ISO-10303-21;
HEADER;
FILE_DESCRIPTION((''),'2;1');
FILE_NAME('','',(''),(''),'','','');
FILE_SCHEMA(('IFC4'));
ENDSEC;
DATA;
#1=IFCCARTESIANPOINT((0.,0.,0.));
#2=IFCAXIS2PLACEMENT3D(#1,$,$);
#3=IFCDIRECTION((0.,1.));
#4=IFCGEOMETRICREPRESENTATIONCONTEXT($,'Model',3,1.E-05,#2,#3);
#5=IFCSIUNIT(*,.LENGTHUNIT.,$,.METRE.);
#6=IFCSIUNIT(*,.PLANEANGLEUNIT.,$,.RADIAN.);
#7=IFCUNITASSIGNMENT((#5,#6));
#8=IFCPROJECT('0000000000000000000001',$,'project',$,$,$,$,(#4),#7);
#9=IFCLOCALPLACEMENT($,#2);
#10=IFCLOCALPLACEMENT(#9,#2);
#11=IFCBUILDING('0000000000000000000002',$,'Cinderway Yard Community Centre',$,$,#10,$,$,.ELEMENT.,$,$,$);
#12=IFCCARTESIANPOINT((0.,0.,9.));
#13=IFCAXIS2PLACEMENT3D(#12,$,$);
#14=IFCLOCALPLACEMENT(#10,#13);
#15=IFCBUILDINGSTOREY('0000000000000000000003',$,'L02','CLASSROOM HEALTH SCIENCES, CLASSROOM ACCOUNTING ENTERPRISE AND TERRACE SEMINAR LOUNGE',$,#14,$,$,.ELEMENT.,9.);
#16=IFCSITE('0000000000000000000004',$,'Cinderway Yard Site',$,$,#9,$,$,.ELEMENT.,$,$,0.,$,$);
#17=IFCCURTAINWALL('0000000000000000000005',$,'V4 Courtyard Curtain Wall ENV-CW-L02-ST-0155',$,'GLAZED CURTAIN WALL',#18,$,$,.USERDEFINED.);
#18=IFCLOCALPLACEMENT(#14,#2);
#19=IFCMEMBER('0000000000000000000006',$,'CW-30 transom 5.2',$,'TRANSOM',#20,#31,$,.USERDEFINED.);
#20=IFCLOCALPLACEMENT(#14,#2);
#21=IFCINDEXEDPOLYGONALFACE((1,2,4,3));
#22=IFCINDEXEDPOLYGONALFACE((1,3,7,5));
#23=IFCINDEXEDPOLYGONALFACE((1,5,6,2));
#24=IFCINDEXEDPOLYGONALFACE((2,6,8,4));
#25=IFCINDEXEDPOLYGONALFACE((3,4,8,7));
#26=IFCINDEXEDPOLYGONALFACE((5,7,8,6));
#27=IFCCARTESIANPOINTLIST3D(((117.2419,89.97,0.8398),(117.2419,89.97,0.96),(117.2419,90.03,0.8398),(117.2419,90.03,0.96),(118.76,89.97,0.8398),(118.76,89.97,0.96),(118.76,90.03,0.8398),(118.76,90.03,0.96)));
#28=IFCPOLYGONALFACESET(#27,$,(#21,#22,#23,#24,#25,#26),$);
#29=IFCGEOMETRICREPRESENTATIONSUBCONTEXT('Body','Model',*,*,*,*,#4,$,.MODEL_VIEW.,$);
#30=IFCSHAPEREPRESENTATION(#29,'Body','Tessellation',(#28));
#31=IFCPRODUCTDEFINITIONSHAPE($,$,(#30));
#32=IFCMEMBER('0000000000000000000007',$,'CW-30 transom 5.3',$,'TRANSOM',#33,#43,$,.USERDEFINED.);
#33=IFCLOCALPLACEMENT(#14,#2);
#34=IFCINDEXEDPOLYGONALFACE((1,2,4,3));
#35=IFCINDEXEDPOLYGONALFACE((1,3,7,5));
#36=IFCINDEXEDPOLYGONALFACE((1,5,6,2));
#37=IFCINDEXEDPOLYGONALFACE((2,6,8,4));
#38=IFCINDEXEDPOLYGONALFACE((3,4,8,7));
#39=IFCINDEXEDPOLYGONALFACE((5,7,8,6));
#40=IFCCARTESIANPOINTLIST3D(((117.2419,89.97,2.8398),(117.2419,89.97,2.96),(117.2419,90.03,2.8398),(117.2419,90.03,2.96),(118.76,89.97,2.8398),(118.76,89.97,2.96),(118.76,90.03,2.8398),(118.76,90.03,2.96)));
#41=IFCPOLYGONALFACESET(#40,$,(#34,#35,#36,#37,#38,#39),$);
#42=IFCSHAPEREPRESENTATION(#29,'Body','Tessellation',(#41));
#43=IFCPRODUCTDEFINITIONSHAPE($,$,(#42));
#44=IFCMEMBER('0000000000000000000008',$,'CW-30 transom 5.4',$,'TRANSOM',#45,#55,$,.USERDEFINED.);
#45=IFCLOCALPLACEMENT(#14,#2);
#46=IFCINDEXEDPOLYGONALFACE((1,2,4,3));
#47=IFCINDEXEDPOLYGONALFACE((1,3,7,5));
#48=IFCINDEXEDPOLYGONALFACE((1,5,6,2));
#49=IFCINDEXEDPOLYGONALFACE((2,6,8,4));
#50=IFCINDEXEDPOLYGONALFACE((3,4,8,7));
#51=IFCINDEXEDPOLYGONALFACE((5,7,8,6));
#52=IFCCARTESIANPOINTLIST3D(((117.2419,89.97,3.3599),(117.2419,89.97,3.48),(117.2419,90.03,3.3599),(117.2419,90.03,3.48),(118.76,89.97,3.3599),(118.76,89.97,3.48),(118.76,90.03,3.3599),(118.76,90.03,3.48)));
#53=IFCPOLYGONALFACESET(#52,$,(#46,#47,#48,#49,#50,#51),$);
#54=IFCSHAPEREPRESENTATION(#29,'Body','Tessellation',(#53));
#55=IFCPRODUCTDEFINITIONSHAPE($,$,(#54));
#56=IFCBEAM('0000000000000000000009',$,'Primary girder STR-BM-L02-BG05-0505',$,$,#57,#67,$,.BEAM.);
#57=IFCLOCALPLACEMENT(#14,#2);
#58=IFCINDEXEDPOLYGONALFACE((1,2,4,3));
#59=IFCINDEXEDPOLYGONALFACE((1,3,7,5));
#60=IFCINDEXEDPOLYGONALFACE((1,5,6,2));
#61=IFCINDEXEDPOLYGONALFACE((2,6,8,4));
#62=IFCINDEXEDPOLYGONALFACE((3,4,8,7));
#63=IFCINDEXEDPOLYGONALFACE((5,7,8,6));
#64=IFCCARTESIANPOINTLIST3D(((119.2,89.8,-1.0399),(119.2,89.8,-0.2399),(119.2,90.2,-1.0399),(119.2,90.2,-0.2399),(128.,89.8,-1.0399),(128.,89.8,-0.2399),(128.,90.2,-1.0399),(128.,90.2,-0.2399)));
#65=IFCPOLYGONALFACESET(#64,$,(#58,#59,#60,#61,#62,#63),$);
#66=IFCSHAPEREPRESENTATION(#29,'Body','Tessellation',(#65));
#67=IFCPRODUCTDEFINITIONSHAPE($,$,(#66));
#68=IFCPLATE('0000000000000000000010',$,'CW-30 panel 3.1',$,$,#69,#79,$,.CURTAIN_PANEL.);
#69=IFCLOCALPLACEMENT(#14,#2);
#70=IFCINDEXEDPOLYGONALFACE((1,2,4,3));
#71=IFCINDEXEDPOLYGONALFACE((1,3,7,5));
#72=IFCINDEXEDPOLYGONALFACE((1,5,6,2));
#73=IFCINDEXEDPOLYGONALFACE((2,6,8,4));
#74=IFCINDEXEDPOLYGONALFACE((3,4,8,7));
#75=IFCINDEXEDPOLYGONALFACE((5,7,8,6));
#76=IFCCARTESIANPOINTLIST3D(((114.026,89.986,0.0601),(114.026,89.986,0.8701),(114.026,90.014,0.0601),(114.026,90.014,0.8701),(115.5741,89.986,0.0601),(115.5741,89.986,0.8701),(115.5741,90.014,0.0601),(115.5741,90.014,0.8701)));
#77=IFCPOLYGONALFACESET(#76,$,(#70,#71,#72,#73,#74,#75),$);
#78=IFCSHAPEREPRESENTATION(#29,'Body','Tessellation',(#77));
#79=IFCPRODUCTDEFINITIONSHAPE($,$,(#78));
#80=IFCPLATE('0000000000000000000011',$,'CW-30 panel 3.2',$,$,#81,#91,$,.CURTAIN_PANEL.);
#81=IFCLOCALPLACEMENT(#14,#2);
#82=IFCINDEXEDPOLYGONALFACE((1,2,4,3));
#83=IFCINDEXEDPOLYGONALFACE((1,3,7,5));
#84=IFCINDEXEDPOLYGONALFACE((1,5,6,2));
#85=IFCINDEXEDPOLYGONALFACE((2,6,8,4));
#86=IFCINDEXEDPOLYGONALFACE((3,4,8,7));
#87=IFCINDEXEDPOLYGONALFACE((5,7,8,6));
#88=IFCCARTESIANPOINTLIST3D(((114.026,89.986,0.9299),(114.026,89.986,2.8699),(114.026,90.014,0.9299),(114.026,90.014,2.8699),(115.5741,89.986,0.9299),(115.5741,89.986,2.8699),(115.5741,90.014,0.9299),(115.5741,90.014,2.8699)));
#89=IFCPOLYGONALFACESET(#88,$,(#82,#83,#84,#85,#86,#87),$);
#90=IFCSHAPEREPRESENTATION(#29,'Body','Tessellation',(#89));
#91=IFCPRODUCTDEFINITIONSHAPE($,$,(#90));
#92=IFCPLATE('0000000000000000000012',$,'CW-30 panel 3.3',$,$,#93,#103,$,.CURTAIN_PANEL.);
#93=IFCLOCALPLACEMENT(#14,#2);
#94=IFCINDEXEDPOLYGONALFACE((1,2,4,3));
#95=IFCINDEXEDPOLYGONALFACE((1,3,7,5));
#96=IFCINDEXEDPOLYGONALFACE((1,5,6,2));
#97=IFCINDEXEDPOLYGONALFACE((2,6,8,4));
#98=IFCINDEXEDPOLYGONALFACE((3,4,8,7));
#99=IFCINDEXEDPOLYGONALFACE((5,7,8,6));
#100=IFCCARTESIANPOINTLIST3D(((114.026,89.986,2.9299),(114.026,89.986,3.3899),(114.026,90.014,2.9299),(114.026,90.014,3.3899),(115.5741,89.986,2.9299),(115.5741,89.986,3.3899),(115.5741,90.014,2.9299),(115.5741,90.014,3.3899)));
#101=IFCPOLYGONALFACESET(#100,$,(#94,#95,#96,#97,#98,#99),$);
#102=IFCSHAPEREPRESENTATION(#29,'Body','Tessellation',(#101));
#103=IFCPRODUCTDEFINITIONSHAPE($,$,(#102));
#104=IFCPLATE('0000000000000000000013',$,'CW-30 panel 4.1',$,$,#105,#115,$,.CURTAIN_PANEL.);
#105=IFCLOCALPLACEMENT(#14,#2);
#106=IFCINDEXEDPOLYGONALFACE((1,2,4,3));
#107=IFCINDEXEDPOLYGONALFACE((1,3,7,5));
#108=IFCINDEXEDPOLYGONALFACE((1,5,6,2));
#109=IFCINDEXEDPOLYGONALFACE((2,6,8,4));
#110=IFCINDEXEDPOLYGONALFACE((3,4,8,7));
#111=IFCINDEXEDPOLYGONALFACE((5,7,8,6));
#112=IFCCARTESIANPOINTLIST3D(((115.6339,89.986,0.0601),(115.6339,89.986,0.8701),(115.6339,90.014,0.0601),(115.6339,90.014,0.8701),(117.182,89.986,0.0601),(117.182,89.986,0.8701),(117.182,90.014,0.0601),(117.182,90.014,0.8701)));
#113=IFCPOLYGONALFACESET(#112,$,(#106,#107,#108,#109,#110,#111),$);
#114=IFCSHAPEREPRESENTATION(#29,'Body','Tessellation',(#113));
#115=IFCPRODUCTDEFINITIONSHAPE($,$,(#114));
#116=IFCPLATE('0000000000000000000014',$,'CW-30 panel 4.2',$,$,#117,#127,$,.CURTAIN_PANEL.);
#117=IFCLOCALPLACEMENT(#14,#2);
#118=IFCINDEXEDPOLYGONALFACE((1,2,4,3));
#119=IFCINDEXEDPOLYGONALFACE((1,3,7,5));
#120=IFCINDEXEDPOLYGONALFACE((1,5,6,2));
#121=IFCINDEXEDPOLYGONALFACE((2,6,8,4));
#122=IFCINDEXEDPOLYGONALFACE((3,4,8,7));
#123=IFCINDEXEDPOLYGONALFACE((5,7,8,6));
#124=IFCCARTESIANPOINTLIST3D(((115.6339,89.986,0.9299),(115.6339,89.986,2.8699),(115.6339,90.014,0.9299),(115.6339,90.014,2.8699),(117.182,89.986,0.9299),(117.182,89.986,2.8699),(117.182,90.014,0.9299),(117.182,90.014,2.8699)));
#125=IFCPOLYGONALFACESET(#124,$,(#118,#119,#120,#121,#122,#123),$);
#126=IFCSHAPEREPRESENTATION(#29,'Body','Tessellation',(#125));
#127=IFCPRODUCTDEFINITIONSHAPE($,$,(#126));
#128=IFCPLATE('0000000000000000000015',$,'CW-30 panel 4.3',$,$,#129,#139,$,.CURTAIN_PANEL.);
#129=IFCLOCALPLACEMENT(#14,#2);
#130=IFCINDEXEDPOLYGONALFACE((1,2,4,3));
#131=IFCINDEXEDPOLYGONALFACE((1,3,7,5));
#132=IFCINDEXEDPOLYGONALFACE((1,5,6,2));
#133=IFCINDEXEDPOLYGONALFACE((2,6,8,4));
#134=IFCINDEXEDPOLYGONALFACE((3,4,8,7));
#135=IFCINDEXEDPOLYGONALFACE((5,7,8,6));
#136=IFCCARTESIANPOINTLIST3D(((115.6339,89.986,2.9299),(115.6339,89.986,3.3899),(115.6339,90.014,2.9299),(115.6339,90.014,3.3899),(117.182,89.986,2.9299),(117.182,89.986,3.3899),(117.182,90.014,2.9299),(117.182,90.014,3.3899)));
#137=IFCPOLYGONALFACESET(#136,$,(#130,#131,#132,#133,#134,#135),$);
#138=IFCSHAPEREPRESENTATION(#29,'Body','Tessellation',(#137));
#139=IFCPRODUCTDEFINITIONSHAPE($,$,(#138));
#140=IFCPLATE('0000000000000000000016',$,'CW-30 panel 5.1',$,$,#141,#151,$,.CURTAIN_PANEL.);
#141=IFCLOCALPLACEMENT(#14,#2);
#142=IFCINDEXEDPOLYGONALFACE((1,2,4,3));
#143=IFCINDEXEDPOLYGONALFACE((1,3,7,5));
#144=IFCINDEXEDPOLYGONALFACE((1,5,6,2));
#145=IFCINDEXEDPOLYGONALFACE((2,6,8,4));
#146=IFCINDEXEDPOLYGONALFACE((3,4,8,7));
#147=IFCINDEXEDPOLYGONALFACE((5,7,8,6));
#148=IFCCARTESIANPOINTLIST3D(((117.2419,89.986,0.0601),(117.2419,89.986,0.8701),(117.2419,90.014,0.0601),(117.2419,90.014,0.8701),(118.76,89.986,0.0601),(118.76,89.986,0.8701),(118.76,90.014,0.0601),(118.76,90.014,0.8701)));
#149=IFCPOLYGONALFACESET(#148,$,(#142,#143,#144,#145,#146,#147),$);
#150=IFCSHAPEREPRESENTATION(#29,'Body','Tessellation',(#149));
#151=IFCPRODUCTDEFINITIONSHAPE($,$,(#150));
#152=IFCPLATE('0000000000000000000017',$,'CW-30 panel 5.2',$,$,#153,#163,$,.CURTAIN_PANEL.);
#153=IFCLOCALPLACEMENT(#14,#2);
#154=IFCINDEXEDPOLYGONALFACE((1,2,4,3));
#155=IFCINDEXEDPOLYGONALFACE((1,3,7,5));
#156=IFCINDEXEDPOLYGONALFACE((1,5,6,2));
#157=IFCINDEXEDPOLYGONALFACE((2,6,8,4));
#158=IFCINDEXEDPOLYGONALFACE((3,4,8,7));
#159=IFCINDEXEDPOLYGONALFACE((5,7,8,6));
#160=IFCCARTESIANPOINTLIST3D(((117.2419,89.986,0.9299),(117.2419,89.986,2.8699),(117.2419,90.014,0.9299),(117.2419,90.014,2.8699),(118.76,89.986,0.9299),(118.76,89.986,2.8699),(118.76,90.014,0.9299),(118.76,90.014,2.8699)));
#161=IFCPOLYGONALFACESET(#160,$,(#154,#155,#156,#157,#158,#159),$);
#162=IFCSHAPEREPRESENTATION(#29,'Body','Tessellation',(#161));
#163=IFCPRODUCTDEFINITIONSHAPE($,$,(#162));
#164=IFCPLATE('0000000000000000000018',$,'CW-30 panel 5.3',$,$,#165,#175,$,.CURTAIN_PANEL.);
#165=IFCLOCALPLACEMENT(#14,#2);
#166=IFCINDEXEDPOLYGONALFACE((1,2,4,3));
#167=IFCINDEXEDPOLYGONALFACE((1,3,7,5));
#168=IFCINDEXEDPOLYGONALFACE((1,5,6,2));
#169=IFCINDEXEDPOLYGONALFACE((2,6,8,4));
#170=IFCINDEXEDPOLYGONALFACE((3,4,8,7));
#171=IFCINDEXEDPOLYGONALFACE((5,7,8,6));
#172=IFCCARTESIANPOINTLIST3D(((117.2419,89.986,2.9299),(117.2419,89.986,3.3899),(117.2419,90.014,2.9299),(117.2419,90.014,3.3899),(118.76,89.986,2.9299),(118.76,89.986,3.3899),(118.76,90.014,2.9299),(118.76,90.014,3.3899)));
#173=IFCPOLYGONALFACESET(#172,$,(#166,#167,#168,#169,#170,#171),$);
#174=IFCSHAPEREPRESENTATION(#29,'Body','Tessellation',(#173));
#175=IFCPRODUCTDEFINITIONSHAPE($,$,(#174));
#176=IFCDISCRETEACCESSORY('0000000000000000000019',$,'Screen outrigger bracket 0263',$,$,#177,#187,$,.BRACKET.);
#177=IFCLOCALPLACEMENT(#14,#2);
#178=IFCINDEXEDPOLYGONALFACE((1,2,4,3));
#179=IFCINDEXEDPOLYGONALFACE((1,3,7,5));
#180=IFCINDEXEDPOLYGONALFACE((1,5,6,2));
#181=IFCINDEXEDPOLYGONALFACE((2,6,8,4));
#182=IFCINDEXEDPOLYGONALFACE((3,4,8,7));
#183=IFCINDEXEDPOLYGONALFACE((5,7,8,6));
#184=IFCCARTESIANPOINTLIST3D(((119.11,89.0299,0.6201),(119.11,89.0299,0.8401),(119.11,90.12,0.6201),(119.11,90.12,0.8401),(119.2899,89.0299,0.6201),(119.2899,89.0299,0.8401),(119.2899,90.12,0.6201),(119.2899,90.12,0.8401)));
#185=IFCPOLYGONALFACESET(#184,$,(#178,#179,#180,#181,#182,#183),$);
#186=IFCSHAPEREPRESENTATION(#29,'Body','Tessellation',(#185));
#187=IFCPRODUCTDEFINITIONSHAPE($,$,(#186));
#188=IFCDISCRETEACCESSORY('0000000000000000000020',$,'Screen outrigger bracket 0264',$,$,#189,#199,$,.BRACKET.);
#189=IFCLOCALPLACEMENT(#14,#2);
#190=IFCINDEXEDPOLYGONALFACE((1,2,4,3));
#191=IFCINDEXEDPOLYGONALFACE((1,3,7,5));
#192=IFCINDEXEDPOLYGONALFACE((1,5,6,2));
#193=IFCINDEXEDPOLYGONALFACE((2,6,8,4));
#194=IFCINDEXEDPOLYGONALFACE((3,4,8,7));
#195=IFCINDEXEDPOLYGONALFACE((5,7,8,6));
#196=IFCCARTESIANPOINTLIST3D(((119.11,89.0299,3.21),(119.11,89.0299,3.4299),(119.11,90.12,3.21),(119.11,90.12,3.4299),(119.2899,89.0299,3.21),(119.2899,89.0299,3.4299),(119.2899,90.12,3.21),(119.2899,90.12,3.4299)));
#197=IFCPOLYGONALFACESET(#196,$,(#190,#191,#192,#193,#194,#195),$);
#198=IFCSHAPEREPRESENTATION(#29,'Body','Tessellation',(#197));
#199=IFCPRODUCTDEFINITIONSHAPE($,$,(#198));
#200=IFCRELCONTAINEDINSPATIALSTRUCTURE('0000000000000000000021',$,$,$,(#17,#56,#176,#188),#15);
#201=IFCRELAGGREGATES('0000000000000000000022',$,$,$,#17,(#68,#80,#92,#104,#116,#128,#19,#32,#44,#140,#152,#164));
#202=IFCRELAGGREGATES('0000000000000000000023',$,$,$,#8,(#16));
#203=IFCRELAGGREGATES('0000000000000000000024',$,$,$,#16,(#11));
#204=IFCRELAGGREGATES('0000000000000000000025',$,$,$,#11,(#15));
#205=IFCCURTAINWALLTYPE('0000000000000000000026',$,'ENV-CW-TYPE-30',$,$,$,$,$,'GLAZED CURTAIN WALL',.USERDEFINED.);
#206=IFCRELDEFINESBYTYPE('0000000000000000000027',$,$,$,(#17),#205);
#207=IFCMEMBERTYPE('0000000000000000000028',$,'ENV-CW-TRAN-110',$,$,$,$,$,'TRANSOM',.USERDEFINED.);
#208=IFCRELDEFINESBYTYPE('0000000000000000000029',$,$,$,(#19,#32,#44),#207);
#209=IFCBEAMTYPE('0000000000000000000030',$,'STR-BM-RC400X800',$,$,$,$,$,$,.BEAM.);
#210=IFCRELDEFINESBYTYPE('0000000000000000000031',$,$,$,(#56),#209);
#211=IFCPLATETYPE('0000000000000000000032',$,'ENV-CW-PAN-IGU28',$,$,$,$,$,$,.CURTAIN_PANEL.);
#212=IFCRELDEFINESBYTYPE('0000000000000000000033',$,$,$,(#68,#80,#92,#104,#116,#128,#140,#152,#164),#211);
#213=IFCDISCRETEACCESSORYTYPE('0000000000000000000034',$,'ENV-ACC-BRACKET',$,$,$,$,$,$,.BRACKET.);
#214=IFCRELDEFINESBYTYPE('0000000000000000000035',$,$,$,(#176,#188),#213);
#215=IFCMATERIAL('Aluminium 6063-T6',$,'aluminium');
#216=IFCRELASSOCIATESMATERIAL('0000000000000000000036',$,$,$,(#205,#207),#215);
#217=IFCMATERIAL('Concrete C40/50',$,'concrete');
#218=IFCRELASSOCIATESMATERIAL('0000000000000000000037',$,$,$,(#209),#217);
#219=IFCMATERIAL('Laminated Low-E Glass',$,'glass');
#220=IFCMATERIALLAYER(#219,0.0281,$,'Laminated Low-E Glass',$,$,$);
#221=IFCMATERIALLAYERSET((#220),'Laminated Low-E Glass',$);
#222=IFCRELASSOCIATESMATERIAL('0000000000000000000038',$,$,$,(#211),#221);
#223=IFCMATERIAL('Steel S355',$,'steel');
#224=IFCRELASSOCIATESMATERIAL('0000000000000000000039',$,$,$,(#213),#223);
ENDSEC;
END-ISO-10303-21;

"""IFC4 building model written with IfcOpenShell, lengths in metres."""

from ifc_helpers import new_model, si_unit, direction, frame, origin, origin_2d, place, context, subcontext, project, spatial, rectangle, extrude, material, layer, layer_set, material_profile, profile_set, type_object, element, aggregate, save


model = new_model("IFC4")

# Units and contexts
model_context = context("Model", 3, precision=1e-05, world=origin(), true_north=direction((0.0, 1.0)))
body_context = subcontext(model_context, "Body", "Model", "MODEL_VIEW")
ifc_project = project(units=[si_unit("LENGTHUNIT", "METRE"), si_unit("PLANEANGLEUNIT", "RADIAN")], contexts=[model_context])

# Site, building, storey
site_placement = place(None, origin())
site = spatial("IfcSite", under=ifc_project, at=site_placement, Name="Cinderway Yard Site", CompositionType="ELEMENT", RefElevation=0.0)
building_placement = place(site_placement, origin())
building = spatial("IfcBuilding", under=site, at=building_placement, Name="Cinderway Yard Community Centre", CompositionType="ELEMENT")
storey_placement = place(building_placement, frame((0.0, 0.0, 9.0)))
storey = spatial("IfcBuildingStorey", under=building, at=storey_placement, Name="L02", Description="CLASSROOM HEALTH SCIENCES, CLASSROOM ACCOUNTING ENTERPRISE AND TERRACE SEMINAR LOUNGE", CompositionType="ELEMENT", Elevation=9.0)

# Shared definitions
ifc_material_1 = material(Name="Concrete C40/50", Category="concrete")

# Curtain wall, members
ifc_material_2 = material(Name="Aluminium 6063-T6", Category="aluminium")
curtain_wall_type = type_object("IfcCurtainWallType", Name="ENV-CW-TYPE-30", ElementType="GLAZED CURTAIN WALL", PredefinedType="USERDEFINED", material=ifc_material_2)
curtain_wall_placement = place(storey_placement, origin())
curtain_wall = element("IfcCurtainWall", 1, at=curtain_wall_placement, inside=storey, type_object=curtain_wall_type, Name="V4 Courtyard Curtain Wall ENV-CW-L02-ST-0155", ObjectType="GLAZED CURTAIN WALL", PredefinedType="USERDEFINED")
ifc_material_profile_1 = material_profile(ifc_material_2, rectangle(XDim=0.0601, YDim=0.1201, at=origin_2d()), Name="Aluminium 6063-T6")
ifc_profile_set_1 = profile_set([ifc_material_profile_1], Name="Aluminium 6063-T6")
member_type_1 = type_object("IfcMemberType", Name="ENV-CW-TRAN-110", ElementType="TRANSOM", PredefinedType="USERDEFINED", material=ifc_profile_set_1)
member_1_placement = place(storey_placement, frame((117.2419, 90.0, 0.8999), z_axis=(1.0, 0.0, 0.0), x_axis=(0.0, 1.0, 0.0)))
member_1 = element("IfcMember", 2, at=member_1_placement, type_object=member_type_1, Name="CW-30 transom 5.2", ObjectType="TRANSOM", PredefinedType="USERDEFINED", context=body_context, shape_type="SweptSolid", body=[
    extrude(rectangle(XDim=0.0601, YDim=0.1201, at=origin_2d()), origin(), (0.0, 0.0, 1.0), 1.5181),
])
member_2_placement = place(storey_placement, frame((117.2419, 90.0, 2.8999), z_axis=(1.0, 0.0, 0.0), x_axis=(0.0, 1.0, 0.0)))
member_2 = element("IfcMember", 3, at=member_2_placement, type_object=member_type_1, Name="CW-30 transom 5.3", ObjectType="TRANSOM", PredefinedType="USERDEFINED", context=body_context, shape_type="SweptSolid", body=[
    extrude(rectangle(XDim=0.0601, YDim=0.1201, at=origin_2d()), origin(), (0.0, 0.0, 1.0), 1.5181),
])
member_3_placement = place(storey_placement, frame((117.2419, 90.0, 3.4199), z_axis=(1.0, 0.0, 0.0), x_axis=(0.0, 1.0, 0.0)))
member_3 = element("IfcMember", 4, at=member_3_placement, type_object=member_type_1, Name="CW-30 transom 5.4", ObjectType="TRANSOM", PredefinedType="USERDEFINED", context=body_context, shape_type="SweptSolid", body=[
    extrude(rectangle(XDim=0.0601, YDim=0.1201, at=origin_2d()), origin(), (0.0, 0.0, 1.0), 1.5181),
])

# Beam
ifc_material_profile_2 = material_profile(ifc_material_1, rectangle(XDim=0.3999, YDim=0.8, at=origin_2d()), Name="Concrete C40/50")
ifc_profile_set_2 = profile_set([ifc_material_profile_2], Name="Concrete C40/50")
beam_type = type_object("IfcBeamType", Name="STR-BM-RC400X800", PredefinedType="BEAM", material=ifc_profile_set_2)
beam_placement = place(storey_placement, frame((119.2, 90.0, -0.6399), z_axis=(1.0, 0.0, 0.0), x_axis=(0.0, 1.0, 0.0)))
element("IfcBeam", 5, at=beam_placement, inside=storey, type_object=beam_type, Name="Primary girder STR-BM-L02-BG05-0505", PredefinedType="BEAM", context=body_context, shape_type="SweptSolid", body=[
    extrude(rectangle(XDim=0.3999, YDim=0.8, at=origin_2d()), origin(), (0.0, 0.0, 1.0), 8.8),
])

# Plates
ifc_material_3 = material(Name="Laminated Low-E Glass", Category="glass")
ifc_layer = layer(ifc_material_3, 0.0281, Name="Laminated Low-E Glass")
ifc_layer_set = layer_set([ifc_layer], Name="Laminated Low-E Glass")
plate_type = type_object("IfcPlateType", Name="ENV-CW-PAN-IGU28", PredefinedType="CURTAIN_PANEL", material=ifc_layer_set)
plate_1_placement = place(storey_placement, frame((114.8, 90.0, 0.0601), z_axis=(0.0, 0.0, 1.0), x_axis=(1.0, 0.0, 0.0)))
plate_1 = element("IfcPlate", 6, at=plate_1_placement, type_object=plate_type, Name="CW-30 panel 3.1", PredefinedType="CURTAIN_PANEL", context=body_context, shape_type="SweptSolid", body=[
    extrude(rectangle(XDim=1.5481, YDim=0.0281, at=origin_2d()), origin(), (0.0, 0.0, 1.0), 0.8101),
])
plate_2_placement = place(storey_placement, frame((114.8, 90.0, 0.9299), z_axis=(0.0, 0.0, 1.0), x_axis=(1.0, 0.0, 0.0)))
plate_2 = element("IfcPlate", 7, at=plate_2_placement, type_object=plate_type, Name="CW-30 panel 3.2", PredefinedType="CURTAIN_PANEL", context=body_context, shape_type="SweptSolid", body=[
    extrude(rectangle(XDim=1.5481, YDim=0.0281, at=origin_2d()), origin(), (0.0, 0.0, 1.0), 1.9399),
])
plate_3_placement = place(storey_placement, frame((114.8, 90.0, 2.9299), z_axis=(0.0, 0.0, 1.0), x_axis=(1.0, 0.0, 0.0)))
plate_3 = element("IfcPlate", 8, at=plate_3_placement, type_object=plate_type, Name="CW-30 panel 3.3", PredefinedType="CURTAIN_PANEL", context=body_context, shape_type="SweptSolid", body=[
    extrude(rectangle(XDim=1.5481, YDim=0.0281, at=origin_2d()), origin(), (0.0, 0.0, 1.0), 0.46),
])
plate_4_placement = place(storey_placement, frame((116.408, 90.0, 0.0601), z_axis=(0.0, 0.0, 1.0), x_axis=(1.0, 0.0, 0.0)))
plate_4 = element("IfcPlate", 9, at=plate_4_placement, type_object=plate_type, Name="CW-30 panel 4.1", PredefinedType="CURTAIN_PANEL", context=body_context, shape_type="SweptSolid", body=[
    extrude(rectangle(XDim=1.5481, YDim=0.0281, at=origin_2d()), origin(), (0.0, 0.0, 1.0), 0.8101),
])
plate_5_placement = place(storey_placement, frame((116.408, 90.0, 0.9299), z_axis=(0.0, 0.0, 1.0), x_axis=(1.0, 0.0, 0.0)))
plate_5 = element("IfcPlate", 10, at=plate_5_placement, type_object=plate_type, Name="CW-30 panel 4.2", PredefinedType="CURTAIN_PANEL", context=body_context, shape_type="SweptSolid", body=[
    extrude(rectangle(XDim=1.5481, YDim=0.0281, at=origin_2d()), origin(), (0.0, 0.0, 1.0), 1.9399),
])
plate_6_placement = place(storey_placement, frame((116.408, 90.0, 2.9299), z_axis=(0.0, 0.0, 1.0), x_axis=(1.0, 0.0, 0.0)))
plate_6 = element("IfcPlate", 11, at=plate_6_placement, type_object=plate_type, Name="CW-30 panel 4.3", PredefinedType="CURTAIN_PANEL", context=body_context, shape_type="SweptSolid", body=[
    extrude(rectangle(XDim=1.5481, YDim=0.0281, at=origin_2d()), origin(), (0.0, 0.0, 1.0), 0.46),
])
plate_7_placement = place(storey_placement, frame((118.001, 90.0, 0.0601), z_axis=(0.0, 0.0, 1.0), x_axis=(1.0, 0.0, 0.0)))
plate_7 = element("IfcPlate", 12, at=plate_7_placement, type_object=plate_type, Name="CW-30 panel 5.1", PredefinedType="CURTAIN_PANEL", context=body_context, shape_type="SweptSolid", body=[
    extrude(rectangle(XDim=1.5181, YDim=0.0281, at=origin_2d()), origin(), (0.0, 0.0, 1.0), 0.8101),
])
plate_8_placement = place(storey_placement, frame((118.001, 90.0, 0.9299), z_axis=(0.0, 0.0, 1.0), x_axis=(1.0, 0.0, 0.0)))
plate_8 = element("IfcPlate", 13, at=plate_8_placement, type_object=plate_type, Name="CW-30 panel 5.2", PredefinedType="CURTAIN_PANEL", context=body_context, shape_type="SweptSolid", body=[
    extrude(rectangle(XDim=1.5181, YDim=0.0281, at=origin_2d()), origin(), (0.0, 0.0, 1.0), 1.9399),
])
plate_9_placement = place(storey_placement, frame((118.001, 90.0, 2.9299), z_axis=(0.0, 0.0, 1.0), x_axis=(1.0, 0.0, 0.0)))
plate_9 = element("IfcPlate", 14, at=plate_9_placement, type_object=plate_type, Name="CW-30 panel 5.3", PredefinedType="CURTAIN_PANEL", context=body_context, shape_type="SweptSolid", body=[
    extrude(rectangle(XDim=1.5181, YDim=0.0281, at=origin_2d()), origin(), (0.0, 0.0, 1.0), 0.46),
])
aggregate(curtain_wall, [plate_1, plate_2, plate_3, plate_4, plate_5, plate_6, member_1, member_2, member_3, plate_7, plate_8, plate_9])

# Discrete accessories
ifc_material_4 = material(Name="Steel S355", Category="steel")
discrete_accessory_type = type_object("IfcDiscreteAccessoryType", Name="ENV-ACC-BRACKET", PredefinedType="BRACKET", material=ifc_material_4)
for number, where, z_axis, x_axis, name in (
    (15, (119.2, 89.575, 0.6201), (0.0, 0.0, 1.0), (0.0, -1.0, 0.0), "Screen outrigger bracket 0263"),
    (16, (119.2, 89.575, 3.21), (0.0, 0.0, 1.0), (0.0, -1.0, 0.0), "Screen outrigger bracket 0264"),
):
    element("IfcDiscreteAccessory", number, at=place(storey_placement, frame(where, z_axis=z_axis, x_axis=x_axis)), inside=storey, type_object=discrete_accessory_type, Name=name, PredefinedType="BRACKET", context=body_context, shape_type="SweptSolid", body=[
        extrude(rectangle(XDim=1.0901, YDim=0.1799, at=origin_2d()), origin(), (0.0, 0.0, 1.0), 0.22),
    ])

save(model, "model.ifc")
